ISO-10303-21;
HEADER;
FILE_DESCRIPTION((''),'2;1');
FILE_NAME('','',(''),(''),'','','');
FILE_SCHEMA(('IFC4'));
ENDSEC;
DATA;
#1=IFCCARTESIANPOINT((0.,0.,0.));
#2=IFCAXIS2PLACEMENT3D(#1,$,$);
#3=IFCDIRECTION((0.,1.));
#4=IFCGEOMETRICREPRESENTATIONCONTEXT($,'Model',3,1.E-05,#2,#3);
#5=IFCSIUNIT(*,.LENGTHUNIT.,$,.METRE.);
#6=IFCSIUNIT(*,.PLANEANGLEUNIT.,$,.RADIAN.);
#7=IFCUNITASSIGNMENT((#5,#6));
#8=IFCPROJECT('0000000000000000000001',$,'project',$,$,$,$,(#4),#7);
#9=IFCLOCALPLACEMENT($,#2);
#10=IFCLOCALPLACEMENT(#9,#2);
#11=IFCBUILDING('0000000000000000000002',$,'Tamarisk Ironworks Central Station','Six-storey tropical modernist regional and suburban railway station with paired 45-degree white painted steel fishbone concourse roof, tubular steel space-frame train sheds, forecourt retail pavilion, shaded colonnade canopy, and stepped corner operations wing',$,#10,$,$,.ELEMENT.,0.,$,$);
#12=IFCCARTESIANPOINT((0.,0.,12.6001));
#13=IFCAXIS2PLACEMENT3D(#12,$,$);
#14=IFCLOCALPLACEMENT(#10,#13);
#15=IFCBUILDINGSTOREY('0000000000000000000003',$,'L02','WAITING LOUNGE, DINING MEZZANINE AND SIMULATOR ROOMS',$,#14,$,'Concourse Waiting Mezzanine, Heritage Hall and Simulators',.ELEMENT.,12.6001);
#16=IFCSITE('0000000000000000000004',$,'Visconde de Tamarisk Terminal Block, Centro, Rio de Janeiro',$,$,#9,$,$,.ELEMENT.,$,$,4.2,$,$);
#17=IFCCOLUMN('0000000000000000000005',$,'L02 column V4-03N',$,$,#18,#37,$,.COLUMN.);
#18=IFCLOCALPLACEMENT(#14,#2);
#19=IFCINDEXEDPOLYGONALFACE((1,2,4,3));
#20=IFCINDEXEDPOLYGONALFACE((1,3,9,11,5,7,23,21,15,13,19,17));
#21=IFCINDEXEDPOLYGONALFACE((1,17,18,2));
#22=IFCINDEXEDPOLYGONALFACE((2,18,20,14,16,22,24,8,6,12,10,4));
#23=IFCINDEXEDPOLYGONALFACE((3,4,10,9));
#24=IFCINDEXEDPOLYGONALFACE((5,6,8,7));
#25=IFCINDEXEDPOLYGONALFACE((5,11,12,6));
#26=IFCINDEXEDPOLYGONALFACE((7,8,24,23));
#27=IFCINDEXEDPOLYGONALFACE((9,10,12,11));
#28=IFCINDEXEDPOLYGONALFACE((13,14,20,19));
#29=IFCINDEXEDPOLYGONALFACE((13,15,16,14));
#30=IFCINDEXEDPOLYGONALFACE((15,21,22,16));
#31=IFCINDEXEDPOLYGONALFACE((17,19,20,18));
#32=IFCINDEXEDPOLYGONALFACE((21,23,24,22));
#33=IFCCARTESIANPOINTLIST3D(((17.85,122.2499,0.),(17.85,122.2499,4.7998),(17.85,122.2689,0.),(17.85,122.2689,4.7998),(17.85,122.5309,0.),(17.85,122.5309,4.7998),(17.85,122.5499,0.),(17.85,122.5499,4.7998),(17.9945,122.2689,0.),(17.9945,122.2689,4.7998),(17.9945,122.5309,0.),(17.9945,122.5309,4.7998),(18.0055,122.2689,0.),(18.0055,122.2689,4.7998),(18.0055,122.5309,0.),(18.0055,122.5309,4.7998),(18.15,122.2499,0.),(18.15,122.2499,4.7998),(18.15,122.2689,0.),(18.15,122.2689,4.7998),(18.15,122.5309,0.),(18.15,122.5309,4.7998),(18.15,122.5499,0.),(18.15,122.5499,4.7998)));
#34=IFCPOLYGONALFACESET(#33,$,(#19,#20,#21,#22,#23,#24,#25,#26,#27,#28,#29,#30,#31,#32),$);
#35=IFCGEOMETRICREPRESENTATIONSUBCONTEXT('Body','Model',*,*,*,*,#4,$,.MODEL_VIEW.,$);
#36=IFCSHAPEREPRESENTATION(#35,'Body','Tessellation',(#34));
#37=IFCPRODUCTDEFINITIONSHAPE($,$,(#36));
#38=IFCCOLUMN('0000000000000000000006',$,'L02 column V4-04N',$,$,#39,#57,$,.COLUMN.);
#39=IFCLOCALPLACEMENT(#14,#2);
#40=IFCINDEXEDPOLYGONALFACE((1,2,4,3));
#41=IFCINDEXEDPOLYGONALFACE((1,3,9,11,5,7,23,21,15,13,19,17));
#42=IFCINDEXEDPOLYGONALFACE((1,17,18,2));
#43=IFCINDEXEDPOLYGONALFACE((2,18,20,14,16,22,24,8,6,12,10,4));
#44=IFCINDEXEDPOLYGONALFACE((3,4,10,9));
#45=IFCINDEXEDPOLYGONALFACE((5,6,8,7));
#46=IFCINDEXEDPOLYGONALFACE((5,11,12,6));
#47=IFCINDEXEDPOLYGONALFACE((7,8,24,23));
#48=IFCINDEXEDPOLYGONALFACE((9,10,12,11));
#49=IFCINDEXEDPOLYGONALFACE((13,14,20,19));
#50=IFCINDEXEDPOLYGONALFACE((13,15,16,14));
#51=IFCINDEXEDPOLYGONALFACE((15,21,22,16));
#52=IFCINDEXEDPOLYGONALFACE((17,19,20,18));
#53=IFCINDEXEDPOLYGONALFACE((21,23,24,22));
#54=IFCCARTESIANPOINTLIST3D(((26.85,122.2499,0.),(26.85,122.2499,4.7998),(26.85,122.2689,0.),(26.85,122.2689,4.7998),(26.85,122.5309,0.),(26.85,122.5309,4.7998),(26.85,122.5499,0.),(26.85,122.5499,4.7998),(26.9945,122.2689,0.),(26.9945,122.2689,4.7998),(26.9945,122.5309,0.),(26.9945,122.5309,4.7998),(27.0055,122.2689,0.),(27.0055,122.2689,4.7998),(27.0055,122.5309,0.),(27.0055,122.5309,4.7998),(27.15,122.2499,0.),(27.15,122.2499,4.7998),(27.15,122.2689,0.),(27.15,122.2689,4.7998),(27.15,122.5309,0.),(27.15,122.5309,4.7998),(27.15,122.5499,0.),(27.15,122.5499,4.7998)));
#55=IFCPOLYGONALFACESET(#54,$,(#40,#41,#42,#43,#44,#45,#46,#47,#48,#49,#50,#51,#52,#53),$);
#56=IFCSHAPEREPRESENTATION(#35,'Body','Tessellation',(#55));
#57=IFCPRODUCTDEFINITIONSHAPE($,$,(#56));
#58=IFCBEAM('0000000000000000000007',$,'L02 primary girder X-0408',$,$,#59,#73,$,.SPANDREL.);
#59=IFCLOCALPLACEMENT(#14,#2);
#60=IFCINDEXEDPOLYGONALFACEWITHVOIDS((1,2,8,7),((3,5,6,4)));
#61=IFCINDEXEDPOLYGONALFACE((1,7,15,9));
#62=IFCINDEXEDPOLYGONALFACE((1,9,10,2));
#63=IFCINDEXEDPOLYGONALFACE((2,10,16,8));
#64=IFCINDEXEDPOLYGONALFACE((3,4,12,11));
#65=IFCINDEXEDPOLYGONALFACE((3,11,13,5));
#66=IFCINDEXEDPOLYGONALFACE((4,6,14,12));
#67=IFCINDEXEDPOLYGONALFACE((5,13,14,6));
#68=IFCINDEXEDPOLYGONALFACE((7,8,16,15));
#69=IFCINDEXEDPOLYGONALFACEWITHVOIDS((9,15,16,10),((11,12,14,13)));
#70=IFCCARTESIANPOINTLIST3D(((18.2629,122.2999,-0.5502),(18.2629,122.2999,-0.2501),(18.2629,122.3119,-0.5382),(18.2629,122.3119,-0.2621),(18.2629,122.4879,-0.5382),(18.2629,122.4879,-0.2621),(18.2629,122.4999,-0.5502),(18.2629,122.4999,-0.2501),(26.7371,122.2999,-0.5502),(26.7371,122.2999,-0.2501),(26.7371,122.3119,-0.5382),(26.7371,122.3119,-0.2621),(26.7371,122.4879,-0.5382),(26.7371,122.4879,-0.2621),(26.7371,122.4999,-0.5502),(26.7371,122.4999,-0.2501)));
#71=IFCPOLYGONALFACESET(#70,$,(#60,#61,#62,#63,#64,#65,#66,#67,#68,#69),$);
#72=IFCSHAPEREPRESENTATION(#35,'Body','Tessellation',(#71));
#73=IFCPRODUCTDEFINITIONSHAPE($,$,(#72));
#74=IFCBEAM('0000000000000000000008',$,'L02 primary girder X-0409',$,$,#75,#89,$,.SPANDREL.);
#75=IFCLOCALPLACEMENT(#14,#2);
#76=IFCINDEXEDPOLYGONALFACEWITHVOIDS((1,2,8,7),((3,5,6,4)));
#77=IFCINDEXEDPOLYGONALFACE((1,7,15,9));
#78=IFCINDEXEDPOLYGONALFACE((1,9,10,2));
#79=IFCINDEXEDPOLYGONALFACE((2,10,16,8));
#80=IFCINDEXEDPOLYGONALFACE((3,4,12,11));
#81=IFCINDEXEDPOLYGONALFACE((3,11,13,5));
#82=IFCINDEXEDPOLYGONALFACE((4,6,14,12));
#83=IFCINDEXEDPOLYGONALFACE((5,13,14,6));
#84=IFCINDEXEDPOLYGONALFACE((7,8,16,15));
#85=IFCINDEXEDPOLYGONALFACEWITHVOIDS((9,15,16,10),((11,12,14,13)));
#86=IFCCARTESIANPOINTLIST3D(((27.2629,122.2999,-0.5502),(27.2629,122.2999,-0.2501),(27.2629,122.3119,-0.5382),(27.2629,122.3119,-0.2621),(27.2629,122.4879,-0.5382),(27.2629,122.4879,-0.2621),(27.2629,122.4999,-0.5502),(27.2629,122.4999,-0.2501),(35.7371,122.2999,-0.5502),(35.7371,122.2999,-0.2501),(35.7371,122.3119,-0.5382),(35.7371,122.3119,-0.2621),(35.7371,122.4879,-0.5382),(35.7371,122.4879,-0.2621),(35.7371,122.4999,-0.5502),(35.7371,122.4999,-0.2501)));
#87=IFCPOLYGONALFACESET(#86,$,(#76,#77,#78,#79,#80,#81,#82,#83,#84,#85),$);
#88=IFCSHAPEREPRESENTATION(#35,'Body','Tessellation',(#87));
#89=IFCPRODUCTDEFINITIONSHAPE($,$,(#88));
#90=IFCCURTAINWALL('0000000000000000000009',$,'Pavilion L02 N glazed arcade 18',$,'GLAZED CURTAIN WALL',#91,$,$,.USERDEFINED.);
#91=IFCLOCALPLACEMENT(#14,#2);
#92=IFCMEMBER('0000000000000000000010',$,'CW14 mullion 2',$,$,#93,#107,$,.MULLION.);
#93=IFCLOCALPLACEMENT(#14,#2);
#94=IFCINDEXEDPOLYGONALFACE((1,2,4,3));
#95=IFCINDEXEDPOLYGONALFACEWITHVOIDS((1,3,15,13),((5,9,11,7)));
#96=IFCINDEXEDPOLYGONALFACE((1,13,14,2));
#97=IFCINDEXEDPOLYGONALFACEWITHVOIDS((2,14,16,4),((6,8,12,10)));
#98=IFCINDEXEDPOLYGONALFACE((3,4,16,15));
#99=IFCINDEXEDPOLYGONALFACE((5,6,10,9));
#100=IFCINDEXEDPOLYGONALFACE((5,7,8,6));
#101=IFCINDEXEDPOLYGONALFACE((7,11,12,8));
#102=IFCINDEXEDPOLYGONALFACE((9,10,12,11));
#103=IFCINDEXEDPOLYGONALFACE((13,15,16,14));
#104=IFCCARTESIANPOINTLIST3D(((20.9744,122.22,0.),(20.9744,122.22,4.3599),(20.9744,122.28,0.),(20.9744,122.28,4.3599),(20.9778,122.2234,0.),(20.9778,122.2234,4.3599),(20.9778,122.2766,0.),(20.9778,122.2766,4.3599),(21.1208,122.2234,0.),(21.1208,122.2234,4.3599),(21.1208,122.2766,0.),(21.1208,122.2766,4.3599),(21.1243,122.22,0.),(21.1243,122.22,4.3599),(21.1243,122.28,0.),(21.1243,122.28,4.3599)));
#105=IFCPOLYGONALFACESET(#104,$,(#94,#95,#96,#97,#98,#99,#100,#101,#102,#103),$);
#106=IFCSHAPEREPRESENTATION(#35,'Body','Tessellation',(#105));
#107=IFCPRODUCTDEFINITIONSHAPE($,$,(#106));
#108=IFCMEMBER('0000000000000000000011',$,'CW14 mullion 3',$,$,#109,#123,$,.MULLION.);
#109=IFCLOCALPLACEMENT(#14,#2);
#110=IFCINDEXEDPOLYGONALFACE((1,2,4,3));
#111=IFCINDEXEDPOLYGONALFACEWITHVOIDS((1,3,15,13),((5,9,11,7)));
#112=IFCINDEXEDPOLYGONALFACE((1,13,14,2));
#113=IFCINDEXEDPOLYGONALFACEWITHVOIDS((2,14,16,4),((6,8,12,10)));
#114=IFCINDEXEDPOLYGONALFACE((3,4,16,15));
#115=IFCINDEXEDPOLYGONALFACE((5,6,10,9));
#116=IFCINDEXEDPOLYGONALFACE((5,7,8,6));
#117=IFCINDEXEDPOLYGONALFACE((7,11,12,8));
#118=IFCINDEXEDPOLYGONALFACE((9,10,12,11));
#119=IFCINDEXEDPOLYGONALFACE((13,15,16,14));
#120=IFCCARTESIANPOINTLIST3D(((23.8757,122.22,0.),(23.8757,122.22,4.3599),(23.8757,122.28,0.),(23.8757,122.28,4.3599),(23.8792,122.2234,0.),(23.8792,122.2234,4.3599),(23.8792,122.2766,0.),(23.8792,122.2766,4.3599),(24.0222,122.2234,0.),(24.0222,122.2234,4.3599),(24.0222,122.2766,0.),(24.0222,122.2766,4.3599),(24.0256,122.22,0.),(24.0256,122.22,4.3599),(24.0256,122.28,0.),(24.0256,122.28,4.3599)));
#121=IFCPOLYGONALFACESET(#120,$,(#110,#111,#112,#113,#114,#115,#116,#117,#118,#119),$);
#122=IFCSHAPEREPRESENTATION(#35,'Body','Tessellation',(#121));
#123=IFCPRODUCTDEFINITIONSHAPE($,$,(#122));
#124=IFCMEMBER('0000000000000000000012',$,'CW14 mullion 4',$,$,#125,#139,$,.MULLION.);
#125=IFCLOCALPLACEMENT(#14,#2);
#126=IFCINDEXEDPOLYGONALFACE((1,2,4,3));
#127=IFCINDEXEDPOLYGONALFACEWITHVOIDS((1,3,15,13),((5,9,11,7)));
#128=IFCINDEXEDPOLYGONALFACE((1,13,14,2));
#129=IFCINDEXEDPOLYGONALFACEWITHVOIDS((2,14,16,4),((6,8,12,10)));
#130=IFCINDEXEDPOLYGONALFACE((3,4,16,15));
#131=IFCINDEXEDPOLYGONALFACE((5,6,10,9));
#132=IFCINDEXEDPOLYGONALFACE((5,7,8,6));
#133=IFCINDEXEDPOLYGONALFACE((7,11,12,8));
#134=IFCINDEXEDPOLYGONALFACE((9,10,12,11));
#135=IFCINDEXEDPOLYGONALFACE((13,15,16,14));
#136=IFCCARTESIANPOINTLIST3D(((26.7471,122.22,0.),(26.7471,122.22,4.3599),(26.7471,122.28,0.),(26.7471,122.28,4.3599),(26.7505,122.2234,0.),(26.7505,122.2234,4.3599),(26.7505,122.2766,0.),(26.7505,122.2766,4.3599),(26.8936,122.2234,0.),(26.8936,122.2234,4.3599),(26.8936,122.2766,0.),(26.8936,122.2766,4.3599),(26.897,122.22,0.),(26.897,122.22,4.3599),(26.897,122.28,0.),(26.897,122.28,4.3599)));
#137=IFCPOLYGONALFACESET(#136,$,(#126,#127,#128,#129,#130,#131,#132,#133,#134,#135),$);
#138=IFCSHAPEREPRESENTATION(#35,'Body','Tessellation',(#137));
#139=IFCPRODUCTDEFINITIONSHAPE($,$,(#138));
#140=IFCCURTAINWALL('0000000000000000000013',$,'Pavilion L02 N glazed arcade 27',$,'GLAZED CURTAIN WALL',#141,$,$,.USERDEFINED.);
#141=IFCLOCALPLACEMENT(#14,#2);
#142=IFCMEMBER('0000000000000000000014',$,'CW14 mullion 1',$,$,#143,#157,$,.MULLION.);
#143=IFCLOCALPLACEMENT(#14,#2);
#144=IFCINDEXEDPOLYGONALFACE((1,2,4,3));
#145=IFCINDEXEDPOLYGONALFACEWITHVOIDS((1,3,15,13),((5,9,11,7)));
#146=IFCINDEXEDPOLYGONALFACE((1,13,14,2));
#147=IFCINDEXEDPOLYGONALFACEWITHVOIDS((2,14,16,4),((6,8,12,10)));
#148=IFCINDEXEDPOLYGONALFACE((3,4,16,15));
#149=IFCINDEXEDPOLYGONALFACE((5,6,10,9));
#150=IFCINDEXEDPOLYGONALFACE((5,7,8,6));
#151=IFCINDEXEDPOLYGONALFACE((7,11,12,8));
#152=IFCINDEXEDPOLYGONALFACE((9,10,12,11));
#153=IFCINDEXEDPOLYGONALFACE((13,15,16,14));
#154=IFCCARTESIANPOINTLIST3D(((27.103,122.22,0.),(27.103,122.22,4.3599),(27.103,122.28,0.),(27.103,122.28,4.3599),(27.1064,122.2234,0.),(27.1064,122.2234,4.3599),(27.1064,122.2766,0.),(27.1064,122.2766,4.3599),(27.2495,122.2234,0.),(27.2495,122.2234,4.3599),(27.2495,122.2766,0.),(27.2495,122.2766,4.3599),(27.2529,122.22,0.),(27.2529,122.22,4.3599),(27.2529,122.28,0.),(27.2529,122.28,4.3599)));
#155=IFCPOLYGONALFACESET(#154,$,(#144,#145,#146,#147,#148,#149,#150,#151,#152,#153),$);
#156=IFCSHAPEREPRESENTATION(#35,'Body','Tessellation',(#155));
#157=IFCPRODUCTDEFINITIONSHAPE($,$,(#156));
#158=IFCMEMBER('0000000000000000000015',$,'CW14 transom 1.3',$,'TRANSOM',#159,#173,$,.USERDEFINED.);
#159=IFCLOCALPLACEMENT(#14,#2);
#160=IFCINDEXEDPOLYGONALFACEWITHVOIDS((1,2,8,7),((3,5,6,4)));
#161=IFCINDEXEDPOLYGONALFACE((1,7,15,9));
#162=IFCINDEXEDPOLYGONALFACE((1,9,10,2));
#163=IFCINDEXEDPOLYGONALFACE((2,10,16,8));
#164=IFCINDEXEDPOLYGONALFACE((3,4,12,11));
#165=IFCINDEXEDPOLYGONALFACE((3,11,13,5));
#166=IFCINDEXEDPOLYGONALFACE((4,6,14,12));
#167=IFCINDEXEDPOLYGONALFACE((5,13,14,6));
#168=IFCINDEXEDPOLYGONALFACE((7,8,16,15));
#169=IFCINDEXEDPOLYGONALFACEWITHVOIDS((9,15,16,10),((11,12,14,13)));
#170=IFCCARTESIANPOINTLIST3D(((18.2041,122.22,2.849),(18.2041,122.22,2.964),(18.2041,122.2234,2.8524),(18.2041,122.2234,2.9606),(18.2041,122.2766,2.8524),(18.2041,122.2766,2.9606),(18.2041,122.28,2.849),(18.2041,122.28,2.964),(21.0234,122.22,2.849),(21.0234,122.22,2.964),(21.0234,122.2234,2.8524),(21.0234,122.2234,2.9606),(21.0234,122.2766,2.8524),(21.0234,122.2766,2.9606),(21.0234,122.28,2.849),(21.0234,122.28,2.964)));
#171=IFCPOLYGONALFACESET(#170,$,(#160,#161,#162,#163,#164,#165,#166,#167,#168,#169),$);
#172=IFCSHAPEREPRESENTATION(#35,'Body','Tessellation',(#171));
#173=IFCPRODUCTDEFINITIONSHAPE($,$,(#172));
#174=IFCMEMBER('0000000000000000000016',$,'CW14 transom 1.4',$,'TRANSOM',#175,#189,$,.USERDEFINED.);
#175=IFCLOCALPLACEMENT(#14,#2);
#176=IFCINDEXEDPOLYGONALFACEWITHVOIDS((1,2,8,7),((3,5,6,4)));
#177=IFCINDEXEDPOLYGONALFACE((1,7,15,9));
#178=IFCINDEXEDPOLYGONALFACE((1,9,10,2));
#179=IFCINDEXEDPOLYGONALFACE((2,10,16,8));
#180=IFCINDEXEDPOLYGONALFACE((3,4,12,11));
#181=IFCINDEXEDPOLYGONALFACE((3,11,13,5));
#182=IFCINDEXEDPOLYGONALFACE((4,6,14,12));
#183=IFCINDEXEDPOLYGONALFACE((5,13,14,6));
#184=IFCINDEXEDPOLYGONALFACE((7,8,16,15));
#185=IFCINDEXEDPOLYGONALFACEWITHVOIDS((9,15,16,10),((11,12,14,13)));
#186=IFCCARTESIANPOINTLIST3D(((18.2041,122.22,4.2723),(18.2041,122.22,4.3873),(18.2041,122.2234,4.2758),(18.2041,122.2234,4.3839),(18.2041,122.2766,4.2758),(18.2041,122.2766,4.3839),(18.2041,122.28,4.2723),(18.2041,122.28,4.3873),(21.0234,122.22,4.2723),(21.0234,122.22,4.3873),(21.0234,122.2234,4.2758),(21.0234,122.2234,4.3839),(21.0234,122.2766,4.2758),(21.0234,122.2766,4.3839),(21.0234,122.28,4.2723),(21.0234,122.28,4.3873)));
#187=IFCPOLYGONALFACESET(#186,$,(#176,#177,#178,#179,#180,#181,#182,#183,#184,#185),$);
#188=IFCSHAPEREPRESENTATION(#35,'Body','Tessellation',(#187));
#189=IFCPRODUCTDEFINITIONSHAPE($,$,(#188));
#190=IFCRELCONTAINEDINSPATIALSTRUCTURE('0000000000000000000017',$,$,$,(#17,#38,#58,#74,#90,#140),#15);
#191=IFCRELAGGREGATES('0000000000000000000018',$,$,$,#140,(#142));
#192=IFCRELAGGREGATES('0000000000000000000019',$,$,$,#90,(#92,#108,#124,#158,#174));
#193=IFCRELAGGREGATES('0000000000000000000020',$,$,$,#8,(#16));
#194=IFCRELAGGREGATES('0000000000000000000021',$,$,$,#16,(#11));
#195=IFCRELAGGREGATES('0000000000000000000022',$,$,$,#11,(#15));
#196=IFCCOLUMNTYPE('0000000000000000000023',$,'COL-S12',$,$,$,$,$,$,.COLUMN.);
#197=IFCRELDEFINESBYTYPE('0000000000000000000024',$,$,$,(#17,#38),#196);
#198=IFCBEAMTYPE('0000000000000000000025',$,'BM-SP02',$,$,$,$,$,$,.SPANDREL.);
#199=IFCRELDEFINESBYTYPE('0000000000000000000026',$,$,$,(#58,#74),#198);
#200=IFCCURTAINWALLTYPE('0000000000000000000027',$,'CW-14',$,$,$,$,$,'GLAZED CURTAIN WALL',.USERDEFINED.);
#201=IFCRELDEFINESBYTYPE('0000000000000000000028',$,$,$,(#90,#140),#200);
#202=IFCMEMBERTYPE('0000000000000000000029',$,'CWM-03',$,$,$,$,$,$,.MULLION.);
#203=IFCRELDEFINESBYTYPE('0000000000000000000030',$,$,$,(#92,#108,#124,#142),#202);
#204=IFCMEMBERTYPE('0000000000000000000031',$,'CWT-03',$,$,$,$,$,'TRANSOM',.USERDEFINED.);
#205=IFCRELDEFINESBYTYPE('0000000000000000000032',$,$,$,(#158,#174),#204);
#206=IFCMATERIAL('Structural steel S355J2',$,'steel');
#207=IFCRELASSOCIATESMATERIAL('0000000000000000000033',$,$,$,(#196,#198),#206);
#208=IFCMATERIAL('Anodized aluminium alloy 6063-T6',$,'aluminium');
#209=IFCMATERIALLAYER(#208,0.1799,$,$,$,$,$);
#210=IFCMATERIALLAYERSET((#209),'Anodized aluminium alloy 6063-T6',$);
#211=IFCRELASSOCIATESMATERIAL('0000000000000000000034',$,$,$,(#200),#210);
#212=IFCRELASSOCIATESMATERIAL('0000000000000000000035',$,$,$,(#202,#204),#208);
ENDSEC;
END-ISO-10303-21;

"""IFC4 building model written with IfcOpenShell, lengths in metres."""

from ifc_helpers import new_model, si_unit, direction, frame, origin, origin_2d, place, context, subcontext, project, spatial, hollow_rectangle, i_section, extrude, material, layer, layer_set, material_profile, profile_set, type_object, element, aggregate, save


model = new_model("IFC4")

# Units and contexts
model_context = context("Model", 3, precision=1e-05, world=origin(), true_north=direction((0.0, 1.0)))
body_context = subcontext(model_context, "Body", "Model", "MODEL_VIEW")
ifc_project = project(units=[si_unit("LENGTHUNIT", "METRE"), si_unit("PLANEANGLEUNIT", "RADIAN")], contexts=[model_context])

# Site, building, storey
site_placement = place(None, origin())
site = spatial("IfcSite", under=ifc_project, at=site_placement, Name="Visconde de Tamarisk Terminal Block, Centro, Rio de Janeiro", CompositionType="ELEMENT", RefElevation=4.2)
building_placement = place(site_placement, origin())
building = spatial("IfcBuilding", under=site, at=building_placement, Name="Tamarisk Ironworks Central Station", Description="Six-storey tropical modernist regional and suburban railway station with paired 45-degree white painted steel fishbone concourse roof, tubular steel space-frame train sheds, forecourt retail pavilion, shaded colonnade canopy, and stepped corner operations wing", CompositionType="ELEMENT", ElevationOfRefHeight=0.0)
storey_placement = place(building_placement, frame((0.0, 0.0, 12.6001)))
storey = spatial("IfcBuildingStorey", under=building, at=storey_placement, Name="L02", Description="WAITING LOUNGE, DINING MEZZANINE AND SIMULATOR ROOMS", LongName="Concourse Waiting Mezzanine, Heritage Hall and Simulators", CompositionType="ELEMENT", Elevation=12.6001)

# Columns
ifc_material_1 = material(Name="Structural steel S355J2", Category="steel")
ifc_material_profile_1 = material_profile(ifc_material_1, i_section(OverallWidth=0.3, OverallDepth=0.3, WebThickness=0.011, FlangeThickness=0.019, at=origin_2d()), Name="HEB 300")
ifc_profile_set_1 = profile_set([ifc_material_profile_1], Name="Structural steel S355J2")
column_type = type_object("IfcColumnType", Name="COL-S12", PredefinedType="COLUMN", material=ifc_profile_set_1)
for number, where, z_axis, x_axis, name in (
    (1, (18.0, 122.3999, 0.0), (0.0, 0.0, 1.0), (1.0, 0.0, 0.0), "L02 column V4-03N"),
    (2, (27.0, 122.3999, 0.0), (0.0, 0.0, 1.0), (1.0, 0.0, 0.0), "L02 column V4-04N"),
):
    element("IfcColumn", number, at=place(storey_placement, frame(where, z_axis=z_axis, x_axis=x_axis)), inside=storey, type_object=column_type, Name=name, PredefinedType="COLUMN", context=body_context, shape_type="SweptSolid", body=[
        extrude(i_section(OverallWidth=0.3, OverallDepth=0.3, WebThickness=0.011, FlangeThickness=0.019, at=origin_2d()), origin(), (0.0, 0.0, 1.0), 4.7998),
    ])

# Beams
ifc_material_profile_2 = material_profile(ifc_material_1, hollow_rectangle(XDim=0.2, YDim=0.3, WallThickness=0.012, at=origin_2d()), Name="RHS 300x200x12")
ifc_profile_set_2 = profile_set([ifc_material_profile_2], Name="Structural steel S355J2")
beam_type = type_object("IfcBeamType", Name="BM-SP02", PredefinedType="SPANDREL", material=ifc_profile_set_2)
for number, where, z_axis, x_axis, name in (
    (3, (18.2629, 122.3999, -0.4001), (1.0, 0.0, 0.0), (0.0, 1.0, 0.0), "L02 primary girder X-0408"),
    (4, (27.2629, 122.3999, -0.4001), (1.0, 0.0, 0.0), (0.0, 1.0, 0.0), "L02 primary girder X-0409"),
):
    element("IfcBeam", number, at=place(storey_placement, frame(where, z_axis=z_axis, x_axis=x_axis)), inside=storey, type_object=beam_type, Name=name, PredefinedType="SPANDREL", context=body_context, shape_type="SweptSolid", body=[
        extrude(hollow_rectangle(XDim=0.2, YDim=0.3, WallThickness=0.012, at=origin_2d()), origin(), (0.0, 0.0, 1.0), 8.4741),
    ])

# Curtain wall, members
ifc_material_2 = material(Name="Anodized aluminium alloy 6063-T6", Category="aluminium")
ifc_layer_1 = layer(ifc_material_2, 0.1799)
ifc_layer_set_1 = layer_set([ifc_layer_1], Name="Anodized aluminium alloy 6063-T6")
curtain_wall_type = type_object("IfcCurtainWallType", Name="CW-14", ElementType="GLAZED CURTAIN WALL", PredefinedType="USERDEFINED", material=ifc_layer_set_1)
curtain_wall_1_placement = place(storey_placement, origin())
curtain_wall_1 = element("IfcCurtainWall", 5, at=curtain_wall_1_placement, inside=storey, type_object=curtain_wall_type, Name="Pavilion L02 N glazed arcade 18", ObjectType="GLAZED CURTAIN WALL", PredefinedType="USERDEFINED")
ifc_material_profile_3 = material_profile(ifc_material_2, hollow_rectangle(XDim=0.0601, YDim=0.1499, WallThickness=0.0034, at=origin_2d()), Name="ALUM 150x60")
ifc_profile_set_3 = profile_set([ifc_material_profile_3], Name="Anodized aluminium alloy 6063-T6")
member_type_1 = type_object("IfcMemberType", Name="CWM-03", PredefinedType="MULLION", material=ifc_profile_set_3)
member_1_placement = place(storey_placement, frame((21.0493, 122.25, 0.0), z_axis=(0.0, 0.0, 1.0), x_axis=(0.0, 1.0, 0.0)))
member_1 = element("IfcMember", 6, at=member_1_placement, type_object=member_type_1, Name="CW14 mullion 2", PredefinedType="MULLION", context=body_context, shape_type="SweptSolid", body=[
    extrude(hollow_rectangle(XDim=0.0601, YDim=0.1499, WallThickness=0.0034, at=origin_2d()), origin(), (0.0, 0.0, 1.0), 4.3599),
])
member_2_placement = place(storey_placement, frame((23.9507, 122.25, 0.0), z_axis=(0.0, 0.0, 1.0), x_axis=(0.0, 1.0, 0.0)))
member_2 = element("IfcMember", 7, at=member_2_placement, type_object=member_type_1, Name="CW14 mullion 3", PredefinedType="MULLION", context=body_context, shape_type="SweptSolid", body=[
    extrude(hollow_rectangle(XDim=0.0601, YDim=0.1499, WallThickness=0.0034, at=origin_2d()), origin(), (0.0, 0.0, 1.0), 4.3599),
])
member_3_placement = place(storey_placement, frame((26.822, 122.25, 0.0), z_axis=(0.0, 0.0, 1.0), x_axis=(0.0, 1.0, 0.0)))
member_3 = element("IfcMember", 8, at=member_3_placement, type_object=member_type_1, Name="CW14 mullion 4", PredefinedType="MULLION", context=body_context, shape_type="SweptSolid", body=[
    extrude(hollow_rectangle(XDim=0.0601, YDim=0.1499, WallThickness=0.0034, at=origin_2d()), origin(), (0.0, 0.0, 1.0), 4.3599),
])

# Curtain wall, member
curtain_wall_2_placement = place(storey_placement, origin())
curtain_wall_2 = element("IfcCurtainWall", 9, at=curtain_wall_2_placement, inside=storey, type_object=curtain_wall_type, Name="Pavilion L02 N glazed arcade 27", ObjectType="GLAZED CURTAIN WALL", PredefinedType="USERDEFINED")
member_4_placement = place(storey_placement, frame((27.178, 122.25, 0.0), z_axis=(0.0, 0.0, 1.0), x_axis=(0.0, 1.0, 0.0)))
member_4 = element("IfcMember", 10, at=member_4_placement, type_object=member_type_1, Name="CW14 mullion 1", PredefinedType="MULLION", context=body_context, shape_type="SweptSolid", body=[
    extrude(hollow_rectangle(XDim=0.0601, YDim=0.1499, WallThickness=0.0034, at=origin_2d()), origin(), (0.0, 0.0, 1.0), 4.3599),
])

# Members
ifc_material_profile_4 = material_profile(ifc_material_2, hollow_rectangle(XDim=0.0601, YDim=0.115, WallThickness=0.0034, at=origin_2d()), Name="ALUM 115x60")
ifc_profile_set_4 = profile_set([ifc_material_profile_4], Name="Anodized aluminium alloy 6063-T6")
member_type_2 = type_object("IfcMemberType", Name="CWT-03", ElementType="TRANSOM", PredefinedType="USERDEFINED", material=ifc_profile_set_4)
member_5_placement = place(storey_placement, frame((18.2041, 122.25, 2.9065), z_axis=(1.0, 0.0, 0.0), x_axis=(0.0, 1.0, 0.0)))
member_5 = element("IfcMember", 11, at=member_5_placement, type_object=member_type_2, Name="CW14 transom 1.3", ObjectType="TRANSOM", PredefinedType="USERDEFINED", context=body_context, shape_type="SweptSolid", body=[
    extrude(hollow_rectangle(XDim=0.0601, YDim=0.115, WallThickness=0.0034, at=origin_2d()), origin(), (0.0, 0.0, 1.0), 2.8193),
])
member_6_placement = place(storey_placement, frame((18.2041, 122.25, 4.3298), z_axis=(1.0, 0.0, 0.0), x_axis=(0.0, 1.0, 0.0)))
member_6 = element("IfcMember", 12, at=member_6_placement, type_object=member_type_2, Name="CW14 transom 1.4", ObjectType="TRANSOM", PredefinedType="USERDEFINED", context=body_context, shape_type="SweptSolid", body=[
    extrude(hollow_rectangle(XDim=0.0601, YDim=0.115, WallThickness=0.0034, at=origin_2d()), origin(), (0.0, 0.0, 1.0), 2.8193),
])
aggregate(curtain_wall_2, [member_4])

aggregate(curtain_wall_1, [member_1, member_2, member_3, member_5, member_6])

save(model, "model.ifc")
